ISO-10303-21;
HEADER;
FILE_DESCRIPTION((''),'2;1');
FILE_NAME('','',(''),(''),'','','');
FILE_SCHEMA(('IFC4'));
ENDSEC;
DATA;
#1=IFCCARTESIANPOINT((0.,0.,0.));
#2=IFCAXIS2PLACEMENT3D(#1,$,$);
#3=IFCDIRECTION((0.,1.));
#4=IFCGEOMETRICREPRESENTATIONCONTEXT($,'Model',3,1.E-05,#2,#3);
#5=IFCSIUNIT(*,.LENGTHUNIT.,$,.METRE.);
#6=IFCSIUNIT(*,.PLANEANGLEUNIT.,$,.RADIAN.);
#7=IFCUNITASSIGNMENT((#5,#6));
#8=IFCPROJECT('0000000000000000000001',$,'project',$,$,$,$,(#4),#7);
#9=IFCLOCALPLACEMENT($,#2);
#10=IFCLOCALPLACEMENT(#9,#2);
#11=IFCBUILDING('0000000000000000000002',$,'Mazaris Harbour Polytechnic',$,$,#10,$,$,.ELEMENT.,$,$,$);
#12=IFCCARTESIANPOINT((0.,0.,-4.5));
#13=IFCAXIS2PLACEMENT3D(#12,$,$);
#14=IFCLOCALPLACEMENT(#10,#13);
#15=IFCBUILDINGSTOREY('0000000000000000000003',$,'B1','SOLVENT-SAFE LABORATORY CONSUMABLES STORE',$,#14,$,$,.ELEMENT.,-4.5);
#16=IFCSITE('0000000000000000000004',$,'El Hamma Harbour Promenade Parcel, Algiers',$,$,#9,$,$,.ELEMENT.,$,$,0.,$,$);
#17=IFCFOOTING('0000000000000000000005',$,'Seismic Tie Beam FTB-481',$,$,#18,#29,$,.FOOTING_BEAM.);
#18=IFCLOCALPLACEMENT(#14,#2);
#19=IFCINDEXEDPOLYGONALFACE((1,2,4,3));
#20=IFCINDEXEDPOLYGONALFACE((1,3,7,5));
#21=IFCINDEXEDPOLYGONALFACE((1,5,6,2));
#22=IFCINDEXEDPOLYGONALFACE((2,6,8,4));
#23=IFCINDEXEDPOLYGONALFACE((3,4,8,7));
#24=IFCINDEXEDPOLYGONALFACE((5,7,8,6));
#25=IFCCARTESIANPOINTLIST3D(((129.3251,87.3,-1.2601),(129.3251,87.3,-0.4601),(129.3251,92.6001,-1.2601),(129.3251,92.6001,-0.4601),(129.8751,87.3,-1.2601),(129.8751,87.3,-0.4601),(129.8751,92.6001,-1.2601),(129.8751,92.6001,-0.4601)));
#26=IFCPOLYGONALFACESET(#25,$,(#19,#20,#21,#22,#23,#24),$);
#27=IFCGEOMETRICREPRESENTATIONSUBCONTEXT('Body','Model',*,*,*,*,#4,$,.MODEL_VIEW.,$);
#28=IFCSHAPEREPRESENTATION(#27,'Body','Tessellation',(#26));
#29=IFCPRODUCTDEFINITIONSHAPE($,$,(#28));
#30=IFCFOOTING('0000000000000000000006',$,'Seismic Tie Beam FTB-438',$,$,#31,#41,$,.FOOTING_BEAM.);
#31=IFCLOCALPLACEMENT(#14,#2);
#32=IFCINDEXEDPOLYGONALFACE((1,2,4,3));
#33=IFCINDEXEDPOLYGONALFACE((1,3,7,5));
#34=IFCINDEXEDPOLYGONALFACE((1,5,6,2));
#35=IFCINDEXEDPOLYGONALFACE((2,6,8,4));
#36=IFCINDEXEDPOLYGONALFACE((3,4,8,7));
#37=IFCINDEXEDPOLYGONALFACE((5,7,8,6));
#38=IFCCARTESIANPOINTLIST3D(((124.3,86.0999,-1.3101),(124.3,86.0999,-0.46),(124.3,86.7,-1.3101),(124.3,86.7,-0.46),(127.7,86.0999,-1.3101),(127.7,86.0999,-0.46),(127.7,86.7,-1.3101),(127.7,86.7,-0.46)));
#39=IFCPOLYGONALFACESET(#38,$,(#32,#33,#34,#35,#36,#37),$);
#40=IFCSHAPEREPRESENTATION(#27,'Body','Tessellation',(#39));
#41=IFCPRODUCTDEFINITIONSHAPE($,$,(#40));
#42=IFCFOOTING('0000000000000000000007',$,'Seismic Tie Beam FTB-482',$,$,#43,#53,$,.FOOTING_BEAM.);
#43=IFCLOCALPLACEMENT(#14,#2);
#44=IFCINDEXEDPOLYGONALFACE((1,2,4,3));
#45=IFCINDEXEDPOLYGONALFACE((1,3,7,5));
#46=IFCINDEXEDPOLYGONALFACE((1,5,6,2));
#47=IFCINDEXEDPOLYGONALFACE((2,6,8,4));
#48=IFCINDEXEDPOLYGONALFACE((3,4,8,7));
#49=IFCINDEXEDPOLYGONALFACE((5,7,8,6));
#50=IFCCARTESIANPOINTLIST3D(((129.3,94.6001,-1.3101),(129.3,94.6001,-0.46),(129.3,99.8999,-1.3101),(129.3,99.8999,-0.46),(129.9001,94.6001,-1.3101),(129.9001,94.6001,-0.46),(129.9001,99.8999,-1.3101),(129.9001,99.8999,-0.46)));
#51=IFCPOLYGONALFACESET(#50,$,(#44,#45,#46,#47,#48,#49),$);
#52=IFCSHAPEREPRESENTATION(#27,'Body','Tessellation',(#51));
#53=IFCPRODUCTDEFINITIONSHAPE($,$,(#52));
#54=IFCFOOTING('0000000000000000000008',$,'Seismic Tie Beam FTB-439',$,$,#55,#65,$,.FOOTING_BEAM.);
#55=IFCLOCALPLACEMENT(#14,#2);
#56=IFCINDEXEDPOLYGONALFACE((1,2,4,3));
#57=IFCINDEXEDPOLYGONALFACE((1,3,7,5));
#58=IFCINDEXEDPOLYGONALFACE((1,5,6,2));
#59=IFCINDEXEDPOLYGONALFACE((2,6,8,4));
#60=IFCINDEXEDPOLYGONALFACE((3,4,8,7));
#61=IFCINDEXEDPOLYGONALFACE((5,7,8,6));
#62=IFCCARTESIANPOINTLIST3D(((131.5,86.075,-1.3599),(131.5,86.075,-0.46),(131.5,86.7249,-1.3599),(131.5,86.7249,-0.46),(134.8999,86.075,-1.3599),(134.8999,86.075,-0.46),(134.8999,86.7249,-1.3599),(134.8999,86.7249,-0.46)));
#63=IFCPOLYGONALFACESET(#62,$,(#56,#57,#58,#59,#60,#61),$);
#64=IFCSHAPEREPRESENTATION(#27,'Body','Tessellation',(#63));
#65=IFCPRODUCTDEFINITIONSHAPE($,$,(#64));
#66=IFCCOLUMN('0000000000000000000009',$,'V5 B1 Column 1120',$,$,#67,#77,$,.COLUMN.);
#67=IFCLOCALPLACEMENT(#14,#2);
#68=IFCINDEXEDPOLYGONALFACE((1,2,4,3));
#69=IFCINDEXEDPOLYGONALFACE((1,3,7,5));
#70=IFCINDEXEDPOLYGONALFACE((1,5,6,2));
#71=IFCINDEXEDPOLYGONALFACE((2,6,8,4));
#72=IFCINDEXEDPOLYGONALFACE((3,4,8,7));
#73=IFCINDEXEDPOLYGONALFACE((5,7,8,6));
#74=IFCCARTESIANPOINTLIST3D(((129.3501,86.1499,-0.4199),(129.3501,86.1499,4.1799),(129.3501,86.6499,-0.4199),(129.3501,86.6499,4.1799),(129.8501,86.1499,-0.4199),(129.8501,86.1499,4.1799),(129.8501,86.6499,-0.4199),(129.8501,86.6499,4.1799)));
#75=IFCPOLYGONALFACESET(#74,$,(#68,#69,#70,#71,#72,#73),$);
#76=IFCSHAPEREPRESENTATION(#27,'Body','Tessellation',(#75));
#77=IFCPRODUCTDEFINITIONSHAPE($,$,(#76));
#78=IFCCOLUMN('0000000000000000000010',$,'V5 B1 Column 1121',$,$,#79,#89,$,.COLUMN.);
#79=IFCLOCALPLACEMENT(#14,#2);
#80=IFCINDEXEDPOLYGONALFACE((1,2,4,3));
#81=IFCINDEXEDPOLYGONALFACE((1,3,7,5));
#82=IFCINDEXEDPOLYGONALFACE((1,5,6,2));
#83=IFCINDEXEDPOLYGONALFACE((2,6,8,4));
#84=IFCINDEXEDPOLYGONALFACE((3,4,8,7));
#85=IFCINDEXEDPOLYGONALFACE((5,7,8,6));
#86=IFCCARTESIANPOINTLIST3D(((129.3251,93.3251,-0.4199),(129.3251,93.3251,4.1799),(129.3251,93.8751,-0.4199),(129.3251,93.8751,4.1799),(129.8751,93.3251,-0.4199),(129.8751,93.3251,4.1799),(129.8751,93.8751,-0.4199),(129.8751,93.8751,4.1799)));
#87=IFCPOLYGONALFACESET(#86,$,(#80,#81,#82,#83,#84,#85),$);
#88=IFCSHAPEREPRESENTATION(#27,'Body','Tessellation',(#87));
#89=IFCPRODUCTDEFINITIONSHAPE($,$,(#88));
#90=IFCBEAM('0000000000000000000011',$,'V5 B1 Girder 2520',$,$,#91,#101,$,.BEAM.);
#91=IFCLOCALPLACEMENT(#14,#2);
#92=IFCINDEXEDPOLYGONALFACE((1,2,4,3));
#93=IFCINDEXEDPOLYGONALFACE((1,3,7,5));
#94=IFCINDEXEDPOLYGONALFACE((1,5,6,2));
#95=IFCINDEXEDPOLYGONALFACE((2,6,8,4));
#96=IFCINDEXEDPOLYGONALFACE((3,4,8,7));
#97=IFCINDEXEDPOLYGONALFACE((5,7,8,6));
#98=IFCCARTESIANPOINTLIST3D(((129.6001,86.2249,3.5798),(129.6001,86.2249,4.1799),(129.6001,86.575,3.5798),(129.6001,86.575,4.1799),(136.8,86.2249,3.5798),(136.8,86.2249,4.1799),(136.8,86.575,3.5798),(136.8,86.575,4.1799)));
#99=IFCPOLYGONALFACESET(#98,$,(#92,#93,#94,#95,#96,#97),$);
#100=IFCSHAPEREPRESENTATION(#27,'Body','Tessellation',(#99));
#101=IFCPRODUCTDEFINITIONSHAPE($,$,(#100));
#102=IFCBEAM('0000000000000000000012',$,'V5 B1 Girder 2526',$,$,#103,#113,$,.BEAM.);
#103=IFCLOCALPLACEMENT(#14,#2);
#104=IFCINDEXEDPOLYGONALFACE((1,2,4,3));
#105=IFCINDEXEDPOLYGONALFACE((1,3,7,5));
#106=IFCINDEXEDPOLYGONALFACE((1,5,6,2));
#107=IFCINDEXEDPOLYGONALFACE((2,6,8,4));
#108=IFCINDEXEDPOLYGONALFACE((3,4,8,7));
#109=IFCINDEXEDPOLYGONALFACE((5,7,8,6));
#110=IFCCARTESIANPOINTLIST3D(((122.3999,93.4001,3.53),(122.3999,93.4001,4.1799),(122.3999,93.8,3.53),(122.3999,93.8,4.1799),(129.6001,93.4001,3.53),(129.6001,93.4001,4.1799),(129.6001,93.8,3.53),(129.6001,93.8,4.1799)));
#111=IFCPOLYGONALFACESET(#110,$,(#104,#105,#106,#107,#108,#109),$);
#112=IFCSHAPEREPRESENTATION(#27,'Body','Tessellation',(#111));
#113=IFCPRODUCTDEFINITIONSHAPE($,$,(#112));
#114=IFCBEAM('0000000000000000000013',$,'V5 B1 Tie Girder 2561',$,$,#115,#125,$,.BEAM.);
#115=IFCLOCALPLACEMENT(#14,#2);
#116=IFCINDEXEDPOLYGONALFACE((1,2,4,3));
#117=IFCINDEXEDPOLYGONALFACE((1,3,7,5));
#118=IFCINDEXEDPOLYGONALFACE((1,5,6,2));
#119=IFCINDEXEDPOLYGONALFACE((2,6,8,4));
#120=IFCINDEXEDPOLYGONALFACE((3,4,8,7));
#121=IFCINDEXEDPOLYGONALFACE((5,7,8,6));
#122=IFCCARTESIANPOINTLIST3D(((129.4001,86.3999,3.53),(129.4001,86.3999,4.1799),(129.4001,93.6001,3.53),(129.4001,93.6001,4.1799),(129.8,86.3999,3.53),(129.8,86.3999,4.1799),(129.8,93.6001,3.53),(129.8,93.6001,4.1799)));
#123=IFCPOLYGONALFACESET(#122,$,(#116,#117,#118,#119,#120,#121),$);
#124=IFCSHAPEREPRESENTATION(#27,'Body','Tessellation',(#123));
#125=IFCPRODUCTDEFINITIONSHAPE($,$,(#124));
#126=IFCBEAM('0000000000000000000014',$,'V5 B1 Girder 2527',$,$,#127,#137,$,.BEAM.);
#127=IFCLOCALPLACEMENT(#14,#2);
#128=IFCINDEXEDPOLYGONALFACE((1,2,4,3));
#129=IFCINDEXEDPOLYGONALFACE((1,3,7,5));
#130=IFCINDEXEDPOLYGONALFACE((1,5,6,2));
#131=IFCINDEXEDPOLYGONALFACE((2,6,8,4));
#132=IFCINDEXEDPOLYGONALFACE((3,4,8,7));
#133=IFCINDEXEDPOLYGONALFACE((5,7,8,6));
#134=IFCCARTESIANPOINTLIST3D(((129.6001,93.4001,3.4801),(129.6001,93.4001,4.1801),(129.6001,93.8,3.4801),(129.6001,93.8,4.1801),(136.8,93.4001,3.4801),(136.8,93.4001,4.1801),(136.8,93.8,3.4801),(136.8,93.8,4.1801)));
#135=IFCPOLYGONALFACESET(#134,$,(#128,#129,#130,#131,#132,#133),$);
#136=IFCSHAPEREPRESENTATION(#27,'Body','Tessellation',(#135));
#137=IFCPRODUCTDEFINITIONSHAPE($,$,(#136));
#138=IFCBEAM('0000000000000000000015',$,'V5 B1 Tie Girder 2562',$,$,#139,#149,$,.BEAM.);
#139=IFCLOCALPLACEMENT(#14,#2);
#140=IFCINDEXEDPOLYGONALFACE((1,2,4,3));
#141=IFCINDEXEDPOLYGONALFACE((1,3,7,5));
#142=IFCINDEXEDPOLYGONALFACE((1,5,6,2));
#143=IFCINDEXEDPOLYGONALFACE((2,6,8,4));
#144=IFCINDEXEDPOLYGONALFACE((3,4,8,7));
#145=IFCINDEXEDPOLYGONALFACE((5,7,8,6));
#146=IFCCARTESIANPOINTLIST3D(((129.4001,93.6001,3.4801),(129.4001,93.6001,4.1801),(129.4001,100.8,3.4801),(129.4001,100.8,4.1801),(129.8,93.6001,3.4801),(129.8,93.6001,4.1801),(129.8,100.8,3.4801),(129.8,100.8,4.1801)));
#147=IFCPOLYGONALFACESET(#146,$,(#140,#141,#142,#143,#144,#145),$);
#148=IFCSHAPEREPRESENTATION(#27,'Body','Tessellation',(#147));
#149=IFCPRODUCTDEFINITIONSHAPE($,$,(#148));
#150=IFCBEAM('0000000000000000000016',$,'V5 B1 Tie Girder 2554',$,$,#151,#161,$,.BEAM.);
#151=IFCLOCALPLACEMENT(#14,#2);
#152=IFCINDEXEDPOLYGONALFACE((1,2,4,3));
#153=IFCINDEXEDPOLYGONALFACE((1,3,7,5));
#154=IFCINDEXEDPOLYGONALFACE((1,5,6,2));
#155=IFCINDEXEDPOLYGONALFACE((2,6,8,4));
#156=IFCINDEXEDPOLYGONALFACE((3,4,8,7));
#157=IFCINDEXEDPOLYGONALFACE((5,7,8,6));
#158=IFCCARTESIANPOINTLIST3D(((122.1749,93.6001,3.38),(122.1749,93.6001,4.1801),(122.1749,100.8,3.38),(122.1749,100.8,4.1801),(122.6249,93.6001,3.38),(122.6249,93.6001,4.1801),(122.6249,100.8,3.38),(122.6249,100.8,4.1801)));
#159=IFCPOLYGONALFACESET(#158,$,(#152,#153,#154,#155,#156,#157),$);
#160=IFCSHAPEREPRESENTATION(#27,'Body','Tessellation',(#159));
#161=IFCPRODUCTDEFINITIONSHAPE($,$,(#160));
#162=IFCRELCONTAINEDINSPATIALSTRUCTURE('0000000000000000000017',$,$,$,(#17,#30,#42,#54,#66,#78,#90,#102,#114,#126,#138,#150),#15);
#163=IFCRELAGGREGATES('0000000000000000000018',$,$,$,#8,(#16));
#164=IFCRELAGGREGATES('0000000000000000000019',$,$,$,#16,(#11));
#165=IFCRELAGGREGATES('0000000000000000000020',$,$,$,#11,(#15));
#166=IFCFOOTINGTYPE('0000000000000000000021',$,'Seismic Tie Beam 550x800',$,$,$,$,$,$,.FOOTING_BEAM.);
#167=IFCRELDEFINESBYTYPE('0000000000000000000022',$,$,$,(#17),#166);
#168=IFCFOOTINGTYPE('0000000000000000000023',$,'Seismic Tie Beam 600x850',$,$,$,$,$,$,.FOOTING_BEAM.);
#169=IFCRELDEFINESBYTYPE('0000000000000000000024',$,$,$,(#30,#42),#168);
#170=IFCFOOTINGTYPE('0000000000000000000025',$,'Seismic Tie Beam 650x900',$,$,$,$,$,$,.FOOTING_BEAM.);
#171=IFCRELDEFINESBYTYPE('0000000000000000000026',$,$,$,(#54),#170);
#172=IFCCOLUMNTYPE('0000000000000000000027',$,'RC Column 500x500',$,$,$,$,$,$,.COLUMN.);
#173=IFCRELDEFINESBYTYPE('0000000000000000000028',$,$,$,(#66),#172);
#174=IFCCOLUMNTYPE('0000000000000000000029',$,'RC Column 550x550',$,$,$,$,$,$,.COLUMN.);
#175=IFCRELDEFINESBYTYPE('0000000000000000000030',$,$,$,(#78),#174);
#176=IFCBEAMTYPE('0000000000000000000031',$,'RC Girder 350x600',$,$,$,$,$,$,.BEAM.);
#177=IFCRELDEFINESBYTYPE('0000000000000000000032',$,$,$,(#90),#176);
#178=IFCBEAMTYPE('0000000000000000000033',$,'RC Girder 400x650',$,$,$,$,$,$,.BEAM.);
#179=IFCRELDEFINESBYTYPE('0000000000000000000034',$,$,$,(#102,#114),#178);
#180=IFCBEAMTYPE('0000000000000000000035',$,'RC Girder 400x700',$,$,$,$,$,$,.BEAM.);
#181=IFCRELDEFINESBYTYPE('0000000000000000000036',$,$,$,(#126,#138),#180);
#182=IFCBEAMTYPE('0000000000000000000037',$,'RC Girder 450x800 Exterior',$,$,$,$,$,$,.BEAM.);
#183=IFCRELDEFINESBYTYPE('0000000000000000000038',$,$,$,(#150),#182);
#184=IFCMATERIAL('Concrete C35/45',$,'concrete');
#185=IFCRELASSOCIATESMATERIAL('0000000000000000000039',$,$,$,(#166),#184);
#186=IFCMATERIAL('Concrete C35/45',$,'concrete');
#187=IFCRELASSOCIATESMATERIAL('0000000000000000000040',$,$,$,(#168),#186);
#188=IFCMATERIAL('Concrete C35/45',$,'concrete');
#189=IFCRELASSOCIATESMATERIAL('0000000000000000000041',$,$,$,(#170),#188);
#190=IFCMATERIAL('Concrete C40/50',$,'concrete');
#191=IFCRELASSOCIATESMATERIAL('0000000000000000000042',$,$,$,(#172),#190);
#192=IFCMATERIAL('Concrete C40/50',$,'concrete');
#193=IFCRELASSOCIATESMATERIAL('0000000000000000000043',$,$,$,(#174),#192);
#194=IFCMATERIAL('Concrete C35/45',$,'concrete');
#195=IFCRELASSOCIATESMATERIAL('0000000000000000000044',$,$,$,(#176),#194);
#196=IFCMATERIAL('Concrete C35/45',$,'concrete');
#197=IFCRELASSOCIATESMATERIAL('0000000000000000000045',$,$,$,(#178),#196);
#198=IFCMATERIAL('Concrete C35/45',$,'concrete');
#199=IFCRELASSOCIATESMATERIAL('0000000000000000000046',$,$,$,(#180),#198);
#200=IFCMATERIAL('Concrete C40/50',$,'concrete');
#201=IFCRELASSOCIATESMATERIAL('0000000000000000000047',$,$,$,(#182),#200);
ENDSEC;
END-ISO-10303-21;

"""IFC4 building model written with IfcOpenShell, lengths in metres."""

from ifc_helpers import new_model, si_unit, direction, frame, origin, origin_2d, place, context, subcontext, project, spatial, rectangle, extrude, material, material_profile, profile_set, type_object, element, save


model = new_model("IFC4")

# Units and contexts
model_context = context("Model", 3, precision=1e-05, world=origin(), true_north=direction((0.0, 1.0)))
body_context = subcontext(model_context, "Body", "Model", "MODEL_VIEW")
ifc_project = project(units=[si_unit("LENGTHUNIT", "METRE"), si_unit("PLANEANGLEUNIT", "RADIAN")], contexts=[model_context])

# Site, building, storey
site_placement = place(None, origin())
site = spatial("IfcSite", under=ifc_project, at=site_placement, Name="El Hamma Harbour Promenade Parcel, Algiers", CompositionType="ELEMENT", RefElevation=0.0)
building_placement = place(site_placement, origin())
building = spatial("IfcBuilding", under=site, at=building_placement, Name="Mazaris Harbour Polytechnic", CompositionType="ELEMENT")
storey_placement = place(building_placement, frame((0.0, 0.0, -4.5)))
storey = spatial("IfcBuildingStorey", under=building, at=storey_placement, Name="B1", Description="SOLVENT-SAFE LABORATORY CONSUMABLES STORE", CompositionType="ELEMENT", Elevation=-4.5)

# Footings
ifc_material_1 = material(Name="Concrete C35/45", Category="concrete")
ifc_material_profile_1 = material_profile(ifc_material_1, rectangle(XDim=0.55, YDim=0.8, at=origin_2d()), Name="RECT550x800")
ifc_profile_set_1 = profile_set([ifc_material_profile_1], Name="Concrete C35/45")
footing_type_1 = type_object("IfcFootingType", Name="Seismic Tie Beam 550x800", PredefinedType="FOOTING_BEAM", material=ifc_profile_set_1)
footing_1_placement = place(storey_placement, frame((129.6001, 87.3, -0.8601), z_axis=(0.0, 1.0, 0.0), x_axis=(-1.0, 0.0, 0.0)))
element("IfcFooting", 1, at=footing_1_placement, inside=storey, type_object=footing_type_1, Name="Seismic Tie Beam FTB-481", PredefinedType="FOOTING_BEAM", context=body_context, shape_type="SweptSolid", body=[
    extrude(rectangle(XDim=0.55, YDim=0.8, at=origin_2d()), origin(), (0.0, 0.0, 1.0), 5.3),
])
ifc_material_2 = material(Name="Concrete C35/45", Category="concrete")
ifc_material_profile_2 = material_profile(ifc_material_2, rectangle(XDim=0.6001, YDim=0.8501, at=origin_2d()), Name="RECT600x850")
ifc_profile_set_2 = profile_set([ifc_material_profile_2], Name="Concrete C35/45")
footing_type_2 = type_object("IfcFootingType", Name="Seismic Tie Beam 600x850", PredefinedType="FOOTING_BEAM", material=ifc_profile_set_2)
footing_2_placement = place(storey_placement, frame((124.3, 86.3999, -0.885), z_axis=(1.0, 0.0, 0.0), x_axis=(0.0, 1.0, 0.0)))
element("IfcFooting", 2, at=footing_2_placement, inside=storey, type_object=footing_type_2, Name="Seismic Tie Beam FTB-438", PredefinedType="FOOTING_BEAM", context=body_context, shape_type="SweptSolid", body=[
    extrude(rectangle(XDim=0.6001, YDim=0.8501, at=origin_2d()), origin(), (0.0, 0.0, 1.0), 3.3999),
])
footing_3_placement = place(storey_placement, frame((129.6001, 94.6001, -0.885), z_axis=(0.0, 1.0, 0.0), x_axis=(-1.0, 0.0, 0.0)))
element("IfcFooting", 3, at=footing_3_placement, inside=storey, type_object=footing_type_2, Name="Seismic Tie Beam FTB-482", PredefinedType="FOOTING_BEAM", context=body_context, shape_type="SweptSolid", body=[
    extrude(rectangle(XDim=0.6001, YDim=0.8501, at=origin_2d()), origin(), (0.0, 0.0, 1.0), 5.2998),
])
ifc_material_3 = material(Name="Concrete C35/45", Category="concrete")
ifc_material_profile_3 = material_profile(ifc_material_3, rectangle(XDim=0.6499, YDim=0.8999, at=origin_2d()), Name="RECT650x900")
ifc_profile_set_3 = profile_set([ifc_material_profile_3], Name="Concrete C35/45")
footing_type_3 = type_object("IfcFootingType", Name="Seismic Tie Beam 650x900", PredefinedType="FOOTING_BEAM", material=ifc_profile_set_3)
footing_4_placement = place(storey_placement, frame((131.5, 86.3999, -0.9099), z_axis=(1.0, 0.0, 0.0), x_axis=(0.0, 1.0, 0.0)))
element("IfcFooting", 4, at=footing_4_placement, inside=storey, type_object=footing_type_3, Name="Seismic Tie Beam FTB-439", PredefinedType="FOOTING_BEAM", context=body_context, shape_type="SweptSolid", body=[
    extrude(rectangle(XDim=0.6499, YDim=0.8999, at=origin_2d()), origin(), (0.0, 0.0, 1.0), 3.3999),
])

# Columns
ifc_material_4 = material(Name="Concrete C40/50", Category="concrete")
ifc_material_profile_4 = material_profile(ifc_material_4, rectangle(XDim=0.5, YDim=0.5, at=origin_2d()), Name="RECT500x500")
ifc_profile_set_4 = profile_set([ifc_material_profile_4], Name="Concrete C40/50")
column_type_1 = type_object("IfcColumnType", Name="RC Column 500x500", PredefinedType="COLUMN", material=ifc_profile_set_4)
column_1_placement = place(storey_placement, frame((129.6001, 86.3999, -0.4199), z_axis=(0.0, 0.0, 1.0), x_axis=(1.0, 0.0, 0.0)))
element("IfcColumn", 5, at=column_1_placement, inside=storey, type_object=column_type_1, Name="V5 B1 Column 1120", PredefinedType="COLUMN", context=body_context, shape_type="SweptSolid", body=[
    extrude(rectangle(XDim=0.5, YDim=0.5, at=origin_2d()), origin(), (0.0, 0.0, 1.0), 4.5999),
])
ifc_material_5 = material(Name="Concrete C40/50", Category="concrete")
ifc_material_profile_5 = material_profile(ifc_material_5, rectangle(XDim=0.55, YDim=0.55, at=origin_2d()), Name="RECT550x550")
ifc_profile_set_5 = profile_set([ifc_material_profile_5], Name="Concrete C40/50")
column_type_2 = type_object("IfcColumnType", Name="RC Column 550x550", PredefinedType="COLUMN", material=ifc_profile_set_5)
column_2_placement = place(storey_placement, frame((129.6001, 93.6001, -0.4199), z_axis=(0.0, 0.0, 1.0), x_axis=(1.0, 0.0, 0.0)))
element("IfcColumn", 6, at=column_2_placement, inside=storey, type_object=column_type_2, Name="V5 B1 Column 1121", PredefinedType="COLUMN", context=body_context, shape_type="SweptSolid", body=[
    extrude(rectangle(XDim=0.55, YDim=0.55, at=origin_2d()), origin(), (0.0, 0.0, 1.0), 4.5999),
])

# Beams
ifc_material_6 = material(Name="Concrete C35/45", Category="concrete")
ifc_material_profile_6 = material_profile(ifc_material_6, rectangle(XDim=0.3501, YDim=0.6001, at=origin_2d()), Name="RECT350x600")
ifc_profile_set_6 = profile_set([ifc_material_profile_6], Name="Concrete C35/45")
beam_type_1 = type_object("IfcBeamType", Name="RC Girder 350x600", PredefinedType="BEAM", material=ifc_profile_set_6)
beam_1_placement = place(storey_placement, frame((129.6001, 86.3999, 3.8799), z_axis=(1.0, 0.0, 0.0), x_axis=(0.0, 1.0, 0.0)))
element("IfcBeam", 7, at=beam_1_placement, inside=storey, type_object=beam_type_1, Name="V5 B1 Girder 2520", PredefinedType="BEAM", context=body_context, shape_type="SweptSolid", body=[
    extrude(rectangle(XDim=0.3501, YDim=0.6001, at=origin_2d()), origin(), (0.0, 0.0, 1.0), 7.2),
])
ifc_material_7 = material(Name="Concrete C35/45", Category="concrete")
ifc_material_profile_7 = material_profile(ifc_material_7, rectangle(XDim=0.3999, YDim=0.6499, at=origin_2d()), Name="RECT400x650")
ifc_profile_set_7 = profile_set([ifc_material_profile_7], Name="Concrete C35/45")
beam_type_2 = type_object("IfcBeamType", Name="RC Girder 400x650", PredefinedType="BEAM", material=ifc_profile_set_7)
for number, where, z_axis, x_axis, name in (
    (8, (122.3999, 93.6001, 3.855), (1.0, 0.0, 0.0), (0.0, 1.0, 0.0), "V5 B1 Girder 2526"),
    (9, (129.6001, 86.3999, 3.855), (0.0, 1.0, 0.0), (-1.0, 0.0, 0.0), "V5 B1 Tie Girder 2561"),
):
    element("IfcBeam", number, at=place(storey_placement, frame(where, z_axis=z_axis, x_axis=x_axis)), inside=storey, type_object=beam_type_2, Name=name, PredefinedType="BEAM", context=body_context, shape_type="SweptSolid", body=[
        extrude(rectangle(XDim=0.3999, YDim=0.6499, at=origin_2d()), origin(), (0.0, 0.0, 1.0), 7.2002),
    ])
ifc_material_8 = material(Name="Concrete C35/45", Category="concrete")
ifc_material_profile_8 = material_profile(ifc_material_8, rectangle(XDim=0.3999, YDim=0.7, at=origin_2d()), Name="RECT400x700")
ifc_profile_set_8 = profile_set([ifc_material_profile_8], Name="Concrete C35/45")
beam_type_3 = type_object("IfcBeamType", Name="RC Girder 400x700", PredefinedType="BEAM", material=ifc_profile_set_8)
for number, where, z_axis, x_axis, name in (
    (10, (129.6001, 93.6001, 3.8301), (1.0, 0.0, 0.0), (0.0, 1.0, 0.0), "V5 B1 Girder 2527"),
    (11, (129.6001, 93.6001, 3.8301), (0.0, 1.0, 0.0), (-1.0, 0.0, 0.0), "V5 B1 Tie Girder 2562"),
):
    element("IfcBeam", number, at=place(storey_placement, frame(where, z_axis=z_axis, x_axis=x_axis)), inside=storey, type_object=beam_type_3, Name=name, PredefinedType="BEAM", context=body_context, shape_type="SweptSolid", body=[
        extrude(rectangle(XDim=0.3999, YDim=0.7, at=origin_2d()), origin(), (0.0, 0.0, 1.0), 7.2),
    ])
ifc_material_9 = material(Name="Concrete C40/50", Category="concrete")
ifc_material_profile_9 = material_profile(ifc_material_9, rectangle(XDim=0.45, YDim=0.8, at=origin_2d()), Name="RECT450x800")
ifc_profile_set_9 = profile_set([ifc_material_profile_9], Name="Concrete C40/50")
beam_type_4 = type_object("IfcBeamType", Name="RC Girder 450x800 Exterior", PredefinedType="BEAM", material=ifc_profile_set_9)
beam_2_placement = place(storey_placement, frame((122.3999, 93.6001, 3.78), z_axis=(0.0, 1.0, 0.0), x_axis=(-1.0, 0.0, 0.0)))
element("IfcBeam", 12, at=beam_2_placement, inside=storey, type_object=beam_type_4, Name="V5 B1 Tie Girder 2554", PredefinedType="BEAM", context=body_context, shape_type="SweptSolid", body=[
    extrude(rectangle(XDim=0.45, YDim=0.8, at=origin_2d()), origin(), (0.0, 0.0, 1.0), 7.2),
])

save(model, "model.ifc")
